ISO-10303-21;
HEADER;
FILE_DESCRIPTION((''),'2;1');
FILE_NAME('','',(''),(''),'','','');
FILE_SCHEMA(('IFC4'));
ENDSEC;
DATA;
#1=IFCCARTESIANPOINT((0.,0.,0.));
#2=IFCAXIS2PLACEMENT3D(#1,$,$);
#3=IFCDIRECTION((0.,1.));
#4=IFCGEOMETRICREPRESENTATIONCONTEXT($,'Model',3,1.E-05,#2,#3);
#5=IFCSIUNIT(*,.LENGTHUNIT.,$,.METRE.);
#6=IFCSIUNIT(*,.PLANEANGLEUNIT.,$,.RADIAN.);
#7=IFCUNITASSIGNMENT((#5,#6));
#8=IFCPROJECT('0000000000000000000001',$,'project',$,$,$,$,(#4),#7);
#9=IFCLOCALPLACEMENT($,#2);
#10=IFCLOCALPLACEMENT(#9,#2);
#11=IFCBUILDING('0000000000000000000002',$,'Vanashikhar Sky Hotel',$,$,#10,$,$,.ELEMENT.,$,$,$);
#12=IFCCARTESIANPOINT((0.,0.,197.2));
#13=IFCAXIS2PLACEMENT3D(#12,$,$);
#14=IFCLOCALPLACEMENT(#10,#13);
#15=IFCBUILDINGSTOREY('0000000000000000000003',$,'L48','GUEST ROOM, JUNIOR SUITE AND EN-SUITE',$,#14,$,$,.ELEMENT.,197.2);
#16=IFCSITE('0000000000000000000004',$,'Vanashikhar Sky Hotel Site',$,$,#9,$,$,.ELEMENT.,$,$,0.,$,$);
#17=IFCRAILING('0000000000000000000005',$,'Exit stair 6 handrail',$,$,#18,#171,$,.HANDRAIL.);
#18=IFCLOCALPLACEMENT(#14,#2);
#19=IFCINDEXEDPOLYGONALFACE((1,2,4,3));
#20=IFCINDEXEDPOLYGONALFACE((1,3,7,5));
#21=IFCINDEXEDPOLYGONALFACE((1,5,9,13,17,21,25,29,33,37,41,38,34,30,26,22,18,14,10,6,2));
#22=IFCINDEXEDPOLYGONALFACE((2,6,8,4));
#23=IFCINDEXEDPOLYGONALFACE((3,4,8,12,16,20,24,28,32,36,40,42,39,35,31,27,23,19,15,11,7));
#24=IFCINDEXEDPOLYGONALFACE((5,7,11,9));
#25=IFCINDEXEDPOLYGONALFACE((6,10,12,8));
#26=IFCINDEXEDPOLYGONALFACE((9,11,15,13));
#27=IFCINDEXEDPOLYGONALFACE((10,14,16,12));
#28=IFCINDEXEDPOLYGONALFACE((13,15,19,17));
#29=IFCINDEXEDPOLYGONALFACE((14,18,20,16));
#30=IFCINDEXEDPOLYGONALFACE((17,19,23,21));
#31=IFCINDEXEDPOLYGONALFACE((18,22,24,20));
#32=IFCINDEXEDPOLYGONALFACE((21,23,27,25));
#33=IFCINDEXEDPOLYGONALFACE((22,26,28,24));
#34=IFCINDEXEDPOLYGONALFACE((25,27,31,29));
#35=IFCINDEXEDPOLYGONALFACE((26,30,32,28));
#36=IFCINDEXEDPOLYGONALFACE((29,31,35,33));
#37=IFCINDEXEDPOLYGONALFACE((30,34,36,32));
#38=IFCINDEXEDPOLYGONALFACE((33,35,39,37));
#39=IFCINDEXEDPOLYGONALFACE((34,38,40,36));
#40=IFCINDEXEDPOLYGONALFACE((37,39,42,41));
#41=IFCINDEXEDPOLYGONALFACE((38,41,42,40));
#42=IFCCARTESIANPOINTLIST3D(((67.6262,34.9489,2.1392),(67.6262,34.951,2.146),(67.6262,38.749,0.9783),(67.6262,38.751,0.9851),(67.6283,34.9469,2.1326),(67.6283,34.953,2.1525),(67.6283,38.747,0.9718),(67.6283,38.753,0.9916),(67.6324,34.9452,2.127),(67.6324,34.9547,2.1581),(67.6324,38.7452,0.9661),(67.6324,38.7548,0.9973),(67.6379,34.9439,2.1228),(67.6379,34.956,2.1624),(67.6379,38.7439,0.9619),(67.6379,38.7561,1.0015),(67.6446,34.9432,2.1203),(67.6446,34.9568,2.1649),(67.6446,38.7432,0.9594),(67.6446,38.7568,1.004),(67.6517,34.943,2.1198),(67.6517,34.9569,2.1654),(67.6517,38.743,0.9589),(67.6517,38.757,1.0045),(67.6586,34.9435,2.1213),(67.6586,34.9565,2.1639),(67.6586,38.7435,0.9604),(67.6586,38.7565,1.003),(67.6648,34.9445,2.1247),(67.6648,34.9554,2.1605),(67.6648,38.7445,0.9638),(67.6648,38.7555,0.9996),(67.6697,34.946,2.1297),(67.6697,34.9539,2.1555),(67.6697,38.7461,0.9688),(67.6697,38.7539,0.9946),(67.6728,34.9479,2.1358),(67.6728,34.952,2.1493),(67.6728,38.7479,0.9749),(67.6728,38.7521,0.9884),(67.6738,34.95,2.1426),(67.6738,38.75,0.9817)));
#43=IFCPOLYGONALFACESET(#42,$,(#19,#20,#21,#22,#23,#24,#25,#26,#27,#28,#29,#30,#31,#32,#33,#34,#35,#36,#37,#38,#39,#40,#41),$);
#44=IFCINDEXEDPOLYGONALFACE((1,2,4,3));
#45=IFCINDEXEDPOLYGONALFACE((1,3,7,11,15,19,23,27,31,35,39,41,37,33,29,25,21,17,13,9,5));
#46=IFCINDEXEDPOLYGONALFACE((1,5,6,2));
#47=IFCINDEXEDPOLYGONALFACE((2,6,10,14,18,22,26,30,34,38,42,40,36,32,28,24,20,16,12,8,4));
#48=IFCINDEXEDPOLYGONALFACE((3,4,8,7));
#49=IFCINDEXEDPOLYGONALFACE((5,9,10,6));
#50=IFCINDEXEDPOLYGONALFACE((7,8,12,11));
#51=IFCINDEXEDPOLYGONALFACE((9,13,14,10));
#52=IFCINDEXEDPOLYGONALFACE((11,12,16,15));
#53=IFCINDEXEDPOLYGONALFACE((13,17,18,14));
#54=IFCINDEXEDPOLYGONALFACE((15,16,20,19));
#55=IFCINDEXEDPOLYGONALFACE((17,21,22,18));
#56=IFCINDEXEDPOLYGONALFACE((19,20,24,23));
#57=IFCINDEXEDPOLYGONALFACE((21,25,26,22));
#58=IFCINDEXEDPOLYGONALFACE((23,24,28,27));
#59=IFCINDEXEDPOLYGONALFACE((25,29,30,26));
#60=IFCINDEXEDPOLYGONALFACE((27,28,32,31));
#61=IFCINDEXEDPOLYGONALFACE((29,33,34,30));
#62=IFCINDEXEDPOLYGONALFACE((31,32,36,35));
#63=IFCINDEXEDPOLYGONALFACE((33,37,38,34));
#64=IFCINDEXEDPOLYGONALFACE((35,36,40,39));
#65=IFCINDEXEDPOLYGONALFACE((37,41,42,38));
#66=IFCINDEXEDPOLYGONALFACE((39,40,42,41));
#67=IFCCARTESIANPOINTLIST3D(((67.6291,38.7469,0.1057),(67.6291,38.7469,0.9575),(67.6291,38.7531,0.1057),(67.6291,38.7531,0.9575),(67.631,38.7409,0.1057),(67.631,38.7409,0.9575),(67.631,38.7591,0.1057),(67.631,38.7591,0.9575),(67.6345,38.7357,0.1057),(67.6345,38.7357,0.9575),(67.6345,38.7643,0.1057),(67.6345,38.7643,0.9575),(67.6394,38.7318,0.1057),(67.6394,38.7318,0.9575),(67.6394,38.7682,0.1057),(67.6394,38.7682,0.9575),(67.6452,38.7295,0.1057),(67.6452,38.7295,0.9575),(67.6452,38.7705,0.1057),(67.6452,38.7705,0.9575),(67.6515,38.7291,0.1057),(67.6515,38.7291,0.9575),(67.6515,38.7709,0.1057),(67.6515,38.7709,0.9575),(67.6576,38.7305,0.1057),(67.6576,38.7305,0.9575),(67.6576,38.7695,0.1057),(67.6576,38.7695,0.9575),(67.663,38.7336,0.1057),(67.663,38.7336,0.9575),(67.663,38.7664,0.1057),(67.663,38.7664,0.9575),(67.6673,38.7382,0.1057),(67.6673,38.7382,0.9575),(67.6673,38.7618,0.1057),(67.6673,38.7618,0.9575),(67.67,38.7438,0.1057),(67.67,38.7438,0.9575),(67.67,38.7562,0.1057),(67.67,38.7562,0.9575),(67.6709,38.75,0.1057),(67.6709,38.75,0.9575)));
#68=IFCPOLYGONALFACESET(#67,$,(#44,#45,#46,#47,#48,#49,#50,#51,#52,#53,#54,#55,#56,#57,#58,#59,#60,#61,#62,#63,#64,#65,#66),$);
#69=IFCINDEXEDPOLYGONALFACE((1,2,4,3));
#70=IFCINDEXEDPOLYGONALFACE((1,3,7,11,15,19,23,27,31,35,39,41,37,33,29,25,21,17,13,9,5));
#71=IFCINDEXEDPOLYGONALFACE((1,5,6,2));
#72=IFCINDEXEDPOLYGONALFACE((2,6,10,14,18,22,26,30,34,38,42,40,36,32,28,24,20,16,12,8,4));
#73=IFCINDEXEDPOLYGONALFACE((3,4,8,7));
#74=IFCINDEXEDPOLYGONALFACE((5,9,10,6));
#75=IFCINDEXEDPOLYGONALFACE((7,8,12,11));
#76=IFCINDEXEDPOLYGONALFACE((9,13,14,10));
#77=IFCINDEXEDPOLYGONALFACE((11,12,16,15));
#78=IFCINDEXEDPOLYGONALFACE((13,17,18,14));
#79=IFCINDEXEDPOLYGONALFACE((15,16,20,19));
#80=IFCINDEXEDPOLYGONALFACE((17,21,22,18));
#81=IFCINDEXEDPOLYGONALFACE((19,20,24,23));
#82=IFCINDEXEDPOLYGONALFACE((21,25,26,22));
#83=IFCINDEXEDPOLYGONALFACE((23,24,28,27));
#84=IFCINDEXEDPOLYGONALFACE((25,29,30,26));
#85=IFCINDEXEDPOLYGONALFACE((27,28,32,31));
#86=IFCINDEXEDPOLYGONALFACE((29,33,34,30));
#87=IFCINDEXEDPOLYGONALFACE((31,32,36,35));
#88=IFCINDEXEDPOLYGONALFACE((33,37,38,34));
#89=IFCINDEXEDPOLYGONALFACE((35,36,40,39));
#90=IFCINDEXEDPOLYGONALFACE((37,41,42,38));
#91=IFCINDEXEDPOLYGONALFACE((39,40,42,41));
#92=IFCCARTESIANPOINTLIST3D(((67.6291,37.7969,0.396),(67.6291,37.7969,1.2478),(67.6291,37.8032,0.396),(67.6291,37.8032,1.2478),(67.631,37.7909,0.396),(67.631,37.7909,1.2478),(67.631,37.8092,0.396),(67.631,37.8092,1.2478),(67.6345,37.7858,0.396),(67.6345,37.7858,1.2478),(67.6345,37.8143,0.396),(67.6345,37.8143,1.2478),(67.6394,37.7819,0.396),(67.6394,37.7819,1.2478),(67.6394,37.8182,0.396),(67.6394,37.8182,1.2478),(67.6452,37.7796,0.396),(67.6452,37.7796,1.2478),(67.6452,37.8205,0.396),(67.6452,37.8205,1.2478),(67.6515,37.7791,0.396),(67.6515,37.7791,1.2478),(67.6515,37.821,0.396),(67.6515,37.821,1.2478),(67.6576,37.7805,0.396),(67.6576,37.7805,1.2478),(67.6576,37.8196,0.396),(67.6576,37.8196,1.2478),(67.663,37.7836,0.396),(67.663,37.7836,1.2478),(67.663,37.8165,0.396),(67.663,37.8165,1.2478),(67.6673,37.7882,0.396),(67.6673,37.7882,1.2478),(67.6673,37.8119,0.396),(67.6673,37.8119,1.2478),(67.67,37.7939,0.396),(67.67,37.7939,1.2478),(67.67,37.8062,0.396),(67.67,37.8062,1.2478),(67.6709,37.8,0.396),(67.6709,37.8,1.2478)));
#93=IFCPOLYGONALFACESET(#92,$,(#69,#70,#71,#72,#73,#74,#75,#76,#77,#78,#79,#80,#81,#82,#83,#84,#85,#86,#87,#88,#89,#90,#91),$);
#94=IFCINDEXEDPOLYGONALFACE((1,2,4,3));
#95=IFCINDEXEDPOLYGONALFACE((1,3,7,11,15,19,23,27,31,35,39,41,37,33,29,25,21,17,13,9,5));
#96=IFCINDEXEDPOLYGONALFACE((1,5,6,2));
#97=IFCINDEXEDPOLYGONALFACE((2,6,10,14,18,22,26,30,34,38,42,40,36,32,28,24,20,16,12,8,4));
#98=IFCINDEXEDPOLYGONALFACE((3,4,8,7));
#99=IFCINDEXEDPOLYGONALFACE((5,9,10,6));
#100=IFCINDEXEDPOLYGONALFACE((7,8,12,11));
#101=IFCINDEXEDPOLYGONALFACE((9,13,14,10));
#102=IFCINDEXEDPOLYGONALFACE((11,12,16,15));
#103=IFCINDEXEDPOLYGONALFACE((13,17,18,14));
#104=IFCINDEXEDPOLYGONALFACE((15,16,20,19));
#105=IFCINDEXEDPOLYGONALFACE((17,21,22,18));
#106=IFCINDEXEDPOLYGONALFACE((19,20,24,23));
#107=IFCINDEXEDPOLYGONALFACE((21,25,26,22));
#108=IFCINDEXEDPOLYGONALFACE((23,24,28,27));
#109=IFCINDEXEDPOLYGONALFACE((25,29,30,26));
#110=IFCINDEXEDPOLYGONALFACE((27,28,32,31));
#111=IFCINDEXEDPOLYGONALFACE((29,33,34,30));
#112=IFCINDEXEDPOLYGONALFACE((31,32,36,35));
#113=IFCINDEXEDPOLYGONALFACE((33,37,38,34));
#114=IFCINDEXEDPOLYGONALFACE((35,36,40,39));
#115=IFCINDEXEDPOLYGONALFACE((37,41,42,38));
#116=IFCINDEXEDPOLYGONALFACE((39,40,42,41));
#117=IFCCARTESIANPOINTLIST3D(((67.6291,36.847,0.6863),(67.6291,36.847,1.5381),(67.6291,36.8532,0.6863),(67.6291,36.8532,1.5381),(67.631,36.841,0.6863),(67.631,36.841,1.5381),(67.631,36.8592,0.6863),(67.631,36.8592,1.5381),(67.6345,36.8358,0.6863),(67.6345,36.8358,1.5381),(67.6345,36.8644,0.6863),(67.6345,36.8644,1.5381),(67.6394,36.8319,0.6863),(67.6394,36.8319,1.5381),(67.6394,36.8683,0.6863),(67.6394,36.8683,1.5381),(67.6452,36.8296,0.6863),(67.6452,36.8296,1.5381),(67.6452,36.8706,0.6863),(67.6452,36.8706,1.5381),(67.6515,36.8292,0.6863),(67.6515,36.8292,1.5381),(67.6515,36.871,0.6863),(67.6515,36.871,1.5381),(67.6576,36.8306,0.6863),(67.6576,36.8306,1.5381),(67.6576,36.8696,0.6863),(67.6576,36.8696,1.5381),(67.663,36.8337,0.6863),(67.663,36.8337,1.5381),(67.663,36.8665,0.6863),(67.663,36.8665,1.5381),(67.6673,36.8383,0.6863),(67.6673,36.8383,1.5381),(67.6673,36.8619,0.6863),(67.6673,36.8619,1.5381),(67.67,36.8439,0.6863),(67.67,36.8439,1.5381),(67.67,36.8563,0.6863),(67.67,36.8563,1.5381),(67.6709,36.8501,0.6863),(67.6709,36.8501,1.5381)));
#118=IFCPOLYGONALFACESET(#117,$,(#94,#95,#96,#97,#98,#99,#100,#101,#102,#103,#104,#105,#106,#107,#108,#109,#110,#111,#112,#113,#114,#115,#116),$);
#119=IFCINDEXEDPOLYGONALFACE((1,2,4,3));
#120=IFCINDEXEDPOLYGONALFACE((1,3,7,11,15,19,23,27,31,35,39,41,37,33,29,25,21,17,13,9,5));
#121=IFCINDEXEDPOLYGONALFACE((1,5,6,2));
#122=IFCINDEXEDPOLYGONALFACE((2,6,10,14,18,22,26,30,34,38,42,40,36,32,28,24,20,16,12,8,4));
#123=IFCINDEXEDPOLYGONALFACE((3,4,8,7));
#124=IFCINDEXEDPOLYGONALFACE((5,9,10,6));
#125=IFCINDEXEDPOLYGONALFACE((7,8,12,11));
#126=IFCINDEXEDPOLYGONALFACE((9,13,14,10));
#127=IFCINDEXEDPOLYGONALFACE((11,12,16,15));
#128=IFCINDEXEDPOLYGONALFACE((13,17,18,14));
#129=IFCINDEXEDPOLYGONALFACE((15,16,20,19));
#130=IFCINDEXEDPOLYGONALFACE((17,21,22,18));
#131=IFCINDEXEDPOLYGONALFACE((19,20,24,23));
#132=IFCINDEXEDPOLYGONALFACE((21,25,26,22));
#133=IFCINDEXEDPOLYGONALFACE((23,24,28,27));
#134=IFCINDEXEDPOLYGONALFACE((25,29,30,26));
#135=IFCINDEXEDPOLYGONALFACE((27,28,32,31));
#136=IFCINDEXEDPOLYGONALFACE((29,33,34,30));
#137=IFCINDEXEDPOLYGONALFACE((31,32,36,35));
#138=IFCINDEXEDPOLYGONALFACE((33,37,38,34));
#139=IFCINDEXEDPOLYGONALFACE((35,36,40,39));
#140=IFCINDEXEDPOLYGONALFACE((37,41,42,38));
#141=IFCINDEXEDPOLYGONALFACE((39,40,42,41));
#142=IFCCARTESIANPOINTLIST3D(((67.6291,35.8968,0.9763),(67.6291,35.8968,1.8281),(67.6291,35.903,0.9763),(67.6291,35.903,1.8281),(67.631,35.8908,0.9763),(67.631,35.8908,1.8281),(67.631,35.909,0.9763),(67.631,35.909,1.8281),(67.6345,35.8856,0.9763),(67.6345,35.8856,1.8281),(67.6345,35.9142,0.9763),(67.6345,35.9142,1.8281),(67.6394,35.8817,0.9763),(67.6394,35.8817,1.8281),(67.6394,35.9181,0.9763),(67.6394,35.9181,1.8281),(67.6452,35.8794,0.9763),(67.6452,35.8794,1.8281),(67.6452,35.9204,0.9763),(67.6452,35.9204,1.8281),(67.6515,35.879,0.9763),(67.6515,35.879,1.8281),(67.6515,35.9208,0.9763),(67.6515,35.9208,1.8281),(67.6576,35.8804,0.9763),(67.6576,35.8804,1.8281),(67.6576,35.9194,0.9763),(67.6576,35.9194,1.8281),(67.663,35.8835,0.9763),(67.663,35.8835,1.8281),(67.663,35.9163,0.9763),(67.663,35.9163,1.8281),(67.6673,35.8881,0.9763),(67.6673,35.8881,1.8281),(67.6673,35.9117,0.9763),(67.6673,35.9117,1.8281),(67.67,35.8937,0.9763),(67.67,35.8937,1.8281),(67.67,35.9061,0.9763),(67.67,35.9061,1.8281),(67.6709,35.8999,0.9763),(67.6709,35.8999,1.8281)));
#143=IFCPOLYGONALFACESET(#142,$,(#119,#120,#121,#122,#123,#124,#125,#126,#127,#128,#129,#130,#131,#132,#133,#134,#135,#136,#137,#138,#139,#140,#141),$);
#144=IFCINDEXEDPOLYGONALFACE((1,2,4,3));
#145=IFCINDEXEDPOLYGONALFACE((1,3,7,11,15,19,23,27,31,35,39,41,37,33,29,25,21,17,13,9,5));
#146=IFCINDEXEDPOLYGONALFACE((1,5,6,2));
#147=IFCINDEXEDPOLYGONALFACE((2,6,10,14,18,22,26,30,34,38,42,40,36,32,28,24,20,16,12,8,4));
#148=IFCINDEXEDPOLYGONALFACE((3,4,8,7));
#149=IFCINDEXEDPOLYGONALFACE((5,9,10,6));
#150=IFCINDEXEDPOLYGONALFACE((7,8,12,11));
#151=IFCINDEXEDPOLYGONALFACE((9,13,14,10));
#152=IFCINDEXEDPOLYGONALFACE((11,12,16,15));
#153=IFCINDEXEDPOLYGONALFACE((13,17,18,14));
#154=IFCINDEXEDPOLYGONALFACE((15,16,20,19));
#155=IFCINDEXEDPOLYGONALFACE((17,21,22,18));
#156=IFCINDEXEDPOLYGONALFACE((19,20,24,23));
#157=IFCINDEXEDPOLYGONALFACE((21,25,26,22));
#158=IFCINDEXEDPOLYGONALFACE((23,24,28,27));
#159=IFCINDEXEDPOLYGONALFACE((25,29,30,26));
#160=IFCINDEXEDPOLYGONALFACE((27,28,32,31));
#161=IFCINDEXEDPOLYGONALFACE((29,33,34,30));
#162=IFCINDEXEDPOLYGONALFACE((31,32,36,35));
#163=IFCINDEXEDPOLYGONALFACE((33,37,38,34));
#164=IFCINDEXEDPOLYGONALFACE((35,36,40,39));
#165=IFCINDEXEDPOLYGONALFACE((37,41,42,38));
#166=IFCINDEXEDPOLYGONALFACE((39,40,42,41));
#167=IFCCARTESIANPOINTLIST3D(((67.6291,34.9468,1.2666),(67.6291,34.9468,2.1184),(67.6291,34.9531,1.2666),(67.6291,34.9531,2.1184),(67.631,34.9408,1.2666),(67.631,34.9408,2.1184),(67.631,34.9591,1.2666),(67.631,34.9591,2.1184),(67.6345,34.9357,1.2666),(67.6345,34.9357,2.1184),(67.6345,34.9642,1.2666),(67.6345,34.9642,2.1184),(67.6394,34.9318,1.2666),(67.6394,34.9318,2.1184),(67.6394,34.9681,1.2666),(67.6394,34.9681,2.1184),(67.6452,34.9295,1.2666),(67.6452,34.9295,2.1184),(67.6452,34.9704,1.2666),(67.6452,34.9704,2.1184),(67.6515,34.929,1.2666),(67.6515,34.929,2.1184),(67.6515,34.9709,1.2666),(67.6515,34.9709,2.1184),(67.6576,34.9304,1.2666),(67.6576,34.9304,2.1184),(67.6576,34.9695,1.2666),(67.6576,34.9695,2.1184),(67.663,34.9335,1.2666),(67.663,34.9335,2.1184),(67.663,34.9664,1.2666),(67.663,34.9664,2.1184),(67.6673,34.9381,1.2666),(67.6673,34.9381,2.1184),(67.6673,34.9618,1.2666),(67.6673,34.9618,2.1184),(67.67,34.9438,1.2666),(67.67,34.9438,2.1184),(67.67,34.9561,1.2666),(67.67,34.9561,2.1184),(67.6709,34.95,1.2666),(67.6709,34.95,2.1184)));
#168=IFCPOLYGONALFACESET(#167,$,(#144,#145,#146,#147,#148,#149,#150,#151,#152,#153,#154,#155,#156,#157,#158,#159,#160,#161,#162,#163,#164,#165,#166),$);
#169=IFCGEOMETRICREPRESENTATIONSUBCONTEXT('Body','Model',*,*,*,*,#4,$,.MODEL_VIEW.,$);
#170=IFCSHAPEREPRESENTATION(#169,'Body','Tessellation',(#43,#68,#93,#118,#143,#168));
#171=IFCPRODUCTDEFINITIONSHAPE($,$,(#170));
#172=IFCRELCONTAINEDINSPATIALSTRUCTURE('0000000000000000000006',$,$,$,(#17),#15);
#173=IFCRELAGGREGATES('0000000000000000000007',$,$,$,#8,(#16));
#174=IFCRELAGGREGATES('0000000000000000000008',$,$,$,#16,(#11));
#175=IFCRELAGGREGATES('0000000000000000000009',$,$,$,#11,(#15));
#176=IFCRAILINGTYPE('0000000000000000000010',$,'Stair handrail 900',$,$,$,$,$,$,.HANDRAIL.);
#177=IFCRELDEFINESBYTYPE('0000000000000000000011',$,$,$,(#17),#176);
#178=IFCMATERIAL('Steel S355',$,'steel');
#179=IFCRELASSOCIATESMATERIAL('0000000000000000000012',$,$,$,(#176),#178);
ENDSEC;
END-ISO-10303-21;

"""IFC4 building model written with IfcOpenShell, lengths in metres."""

from ifc_helpers import new_model, si_unit, direction, frame, origin, origin_2d, place, context, subcontext, project, spatial, circle, extrude, source, transform, mapped, material, type_object, element, save


model = new_model("IFC4")

# Units and contexts
model_context = context("Model", 3, precision=1e-05, world=origin(), true_north=direction((0.0, 1.0)))
body_context = subcontext(model_context, "Body", "Model", "MODEL_VIEW")
ifc_project = project(units=[si_unit("LENGTHUNIT", "METRE"), si_unit("PLANEANGLEUNIT", "RADIAN")], contexts=[model_context])

# Site, building, storey
site_placement = place(None, origin())
site = spatial("IfcSite", under=ifc_project, at=site_placement, Name="Vanashikhar Sky Hotel Site", CompositionType="ELEMENT", RefElevation=0.0)
building_placement = place(site_placement, origin())
building = spatial("IfcBuilding", under=site, at=building_placement, Name="Vanashikhar Sky Hotel", CompositionType="ELEMENT")
storey_placement = place(building_placement, frame((0.0, 0.0, 197.2)))
storey = spatial("IfcBuildingStorey", under=building, at=storey_placement, Name="L48", Description="GUEST ROOM, JUNIOR SUITE AND EN-SUITE", CompositionType="ELEMENT", Elevation=197.2)

# Railing
ifc_material_1 = material(Name="Steel S355", Category="steel")
railing_type_1 = type_object("IfcRailingType", Name="Stair handrail 900", PredefinedType="HANDRAIL", material=ifc_material_1)
shared_shape_1 = source(origin(), body_context, "Body", "SweptSolid", [
    extrude(circle(Radius=0.0239, at=origin_2d()), frame((0.0, 0.0, 0.876), z_axis=(0.0, -0.956368, 0.292164), x_axis=(1.0, 0.0, 0.0)), (0.0, 0.0, 1.0), 3.9734),
    extrude(circle(Radius=0.021, at=origin_2d()), origin(), (0.0, 0.0, 1.0), 0.8518),
    extrude(circle(Radius=0.021, at=origin_2d()), frame((0.0, -0.95, 0.2903)), (0.0, 0.0, 1.0), 0.8518),
    extrude(circle(Radius=0.021, at=origin_2d()), frame((0.0, -1.8999, 0.5806)), (0.0, 0.0, 1.0), 0.8518),
    extrude(circle(Radius=0.021, at=origin_2d()), frame((0.0, -2.8501, 0.8706)), (0.0, 0.0, 1.0), 0.8518),
    extrude(circle(Radius=0.021, at=origin_2d()), frame((0.0, -3.8, 1.1609)), (0.0, 0.0, 1.0), 0.8518),
])
for number, where, name in (
    (1, (67.6499, 38.75, 0.1057), "Exit stair 6 handrail"),
):
    element("IfcRailing", number, at=place(storey_placement, frame(where)), inside=storey, type_object=railing_type_1, Name=name, PredefinedType="HANDRAIL", context=body_context, shape_type="MappedRepresentation", body=[
        mapped(shared_shape_1, transform((0.0, 0.0, 0.0), scale=1.0)),
    ])

save(model, "model.ifc")
